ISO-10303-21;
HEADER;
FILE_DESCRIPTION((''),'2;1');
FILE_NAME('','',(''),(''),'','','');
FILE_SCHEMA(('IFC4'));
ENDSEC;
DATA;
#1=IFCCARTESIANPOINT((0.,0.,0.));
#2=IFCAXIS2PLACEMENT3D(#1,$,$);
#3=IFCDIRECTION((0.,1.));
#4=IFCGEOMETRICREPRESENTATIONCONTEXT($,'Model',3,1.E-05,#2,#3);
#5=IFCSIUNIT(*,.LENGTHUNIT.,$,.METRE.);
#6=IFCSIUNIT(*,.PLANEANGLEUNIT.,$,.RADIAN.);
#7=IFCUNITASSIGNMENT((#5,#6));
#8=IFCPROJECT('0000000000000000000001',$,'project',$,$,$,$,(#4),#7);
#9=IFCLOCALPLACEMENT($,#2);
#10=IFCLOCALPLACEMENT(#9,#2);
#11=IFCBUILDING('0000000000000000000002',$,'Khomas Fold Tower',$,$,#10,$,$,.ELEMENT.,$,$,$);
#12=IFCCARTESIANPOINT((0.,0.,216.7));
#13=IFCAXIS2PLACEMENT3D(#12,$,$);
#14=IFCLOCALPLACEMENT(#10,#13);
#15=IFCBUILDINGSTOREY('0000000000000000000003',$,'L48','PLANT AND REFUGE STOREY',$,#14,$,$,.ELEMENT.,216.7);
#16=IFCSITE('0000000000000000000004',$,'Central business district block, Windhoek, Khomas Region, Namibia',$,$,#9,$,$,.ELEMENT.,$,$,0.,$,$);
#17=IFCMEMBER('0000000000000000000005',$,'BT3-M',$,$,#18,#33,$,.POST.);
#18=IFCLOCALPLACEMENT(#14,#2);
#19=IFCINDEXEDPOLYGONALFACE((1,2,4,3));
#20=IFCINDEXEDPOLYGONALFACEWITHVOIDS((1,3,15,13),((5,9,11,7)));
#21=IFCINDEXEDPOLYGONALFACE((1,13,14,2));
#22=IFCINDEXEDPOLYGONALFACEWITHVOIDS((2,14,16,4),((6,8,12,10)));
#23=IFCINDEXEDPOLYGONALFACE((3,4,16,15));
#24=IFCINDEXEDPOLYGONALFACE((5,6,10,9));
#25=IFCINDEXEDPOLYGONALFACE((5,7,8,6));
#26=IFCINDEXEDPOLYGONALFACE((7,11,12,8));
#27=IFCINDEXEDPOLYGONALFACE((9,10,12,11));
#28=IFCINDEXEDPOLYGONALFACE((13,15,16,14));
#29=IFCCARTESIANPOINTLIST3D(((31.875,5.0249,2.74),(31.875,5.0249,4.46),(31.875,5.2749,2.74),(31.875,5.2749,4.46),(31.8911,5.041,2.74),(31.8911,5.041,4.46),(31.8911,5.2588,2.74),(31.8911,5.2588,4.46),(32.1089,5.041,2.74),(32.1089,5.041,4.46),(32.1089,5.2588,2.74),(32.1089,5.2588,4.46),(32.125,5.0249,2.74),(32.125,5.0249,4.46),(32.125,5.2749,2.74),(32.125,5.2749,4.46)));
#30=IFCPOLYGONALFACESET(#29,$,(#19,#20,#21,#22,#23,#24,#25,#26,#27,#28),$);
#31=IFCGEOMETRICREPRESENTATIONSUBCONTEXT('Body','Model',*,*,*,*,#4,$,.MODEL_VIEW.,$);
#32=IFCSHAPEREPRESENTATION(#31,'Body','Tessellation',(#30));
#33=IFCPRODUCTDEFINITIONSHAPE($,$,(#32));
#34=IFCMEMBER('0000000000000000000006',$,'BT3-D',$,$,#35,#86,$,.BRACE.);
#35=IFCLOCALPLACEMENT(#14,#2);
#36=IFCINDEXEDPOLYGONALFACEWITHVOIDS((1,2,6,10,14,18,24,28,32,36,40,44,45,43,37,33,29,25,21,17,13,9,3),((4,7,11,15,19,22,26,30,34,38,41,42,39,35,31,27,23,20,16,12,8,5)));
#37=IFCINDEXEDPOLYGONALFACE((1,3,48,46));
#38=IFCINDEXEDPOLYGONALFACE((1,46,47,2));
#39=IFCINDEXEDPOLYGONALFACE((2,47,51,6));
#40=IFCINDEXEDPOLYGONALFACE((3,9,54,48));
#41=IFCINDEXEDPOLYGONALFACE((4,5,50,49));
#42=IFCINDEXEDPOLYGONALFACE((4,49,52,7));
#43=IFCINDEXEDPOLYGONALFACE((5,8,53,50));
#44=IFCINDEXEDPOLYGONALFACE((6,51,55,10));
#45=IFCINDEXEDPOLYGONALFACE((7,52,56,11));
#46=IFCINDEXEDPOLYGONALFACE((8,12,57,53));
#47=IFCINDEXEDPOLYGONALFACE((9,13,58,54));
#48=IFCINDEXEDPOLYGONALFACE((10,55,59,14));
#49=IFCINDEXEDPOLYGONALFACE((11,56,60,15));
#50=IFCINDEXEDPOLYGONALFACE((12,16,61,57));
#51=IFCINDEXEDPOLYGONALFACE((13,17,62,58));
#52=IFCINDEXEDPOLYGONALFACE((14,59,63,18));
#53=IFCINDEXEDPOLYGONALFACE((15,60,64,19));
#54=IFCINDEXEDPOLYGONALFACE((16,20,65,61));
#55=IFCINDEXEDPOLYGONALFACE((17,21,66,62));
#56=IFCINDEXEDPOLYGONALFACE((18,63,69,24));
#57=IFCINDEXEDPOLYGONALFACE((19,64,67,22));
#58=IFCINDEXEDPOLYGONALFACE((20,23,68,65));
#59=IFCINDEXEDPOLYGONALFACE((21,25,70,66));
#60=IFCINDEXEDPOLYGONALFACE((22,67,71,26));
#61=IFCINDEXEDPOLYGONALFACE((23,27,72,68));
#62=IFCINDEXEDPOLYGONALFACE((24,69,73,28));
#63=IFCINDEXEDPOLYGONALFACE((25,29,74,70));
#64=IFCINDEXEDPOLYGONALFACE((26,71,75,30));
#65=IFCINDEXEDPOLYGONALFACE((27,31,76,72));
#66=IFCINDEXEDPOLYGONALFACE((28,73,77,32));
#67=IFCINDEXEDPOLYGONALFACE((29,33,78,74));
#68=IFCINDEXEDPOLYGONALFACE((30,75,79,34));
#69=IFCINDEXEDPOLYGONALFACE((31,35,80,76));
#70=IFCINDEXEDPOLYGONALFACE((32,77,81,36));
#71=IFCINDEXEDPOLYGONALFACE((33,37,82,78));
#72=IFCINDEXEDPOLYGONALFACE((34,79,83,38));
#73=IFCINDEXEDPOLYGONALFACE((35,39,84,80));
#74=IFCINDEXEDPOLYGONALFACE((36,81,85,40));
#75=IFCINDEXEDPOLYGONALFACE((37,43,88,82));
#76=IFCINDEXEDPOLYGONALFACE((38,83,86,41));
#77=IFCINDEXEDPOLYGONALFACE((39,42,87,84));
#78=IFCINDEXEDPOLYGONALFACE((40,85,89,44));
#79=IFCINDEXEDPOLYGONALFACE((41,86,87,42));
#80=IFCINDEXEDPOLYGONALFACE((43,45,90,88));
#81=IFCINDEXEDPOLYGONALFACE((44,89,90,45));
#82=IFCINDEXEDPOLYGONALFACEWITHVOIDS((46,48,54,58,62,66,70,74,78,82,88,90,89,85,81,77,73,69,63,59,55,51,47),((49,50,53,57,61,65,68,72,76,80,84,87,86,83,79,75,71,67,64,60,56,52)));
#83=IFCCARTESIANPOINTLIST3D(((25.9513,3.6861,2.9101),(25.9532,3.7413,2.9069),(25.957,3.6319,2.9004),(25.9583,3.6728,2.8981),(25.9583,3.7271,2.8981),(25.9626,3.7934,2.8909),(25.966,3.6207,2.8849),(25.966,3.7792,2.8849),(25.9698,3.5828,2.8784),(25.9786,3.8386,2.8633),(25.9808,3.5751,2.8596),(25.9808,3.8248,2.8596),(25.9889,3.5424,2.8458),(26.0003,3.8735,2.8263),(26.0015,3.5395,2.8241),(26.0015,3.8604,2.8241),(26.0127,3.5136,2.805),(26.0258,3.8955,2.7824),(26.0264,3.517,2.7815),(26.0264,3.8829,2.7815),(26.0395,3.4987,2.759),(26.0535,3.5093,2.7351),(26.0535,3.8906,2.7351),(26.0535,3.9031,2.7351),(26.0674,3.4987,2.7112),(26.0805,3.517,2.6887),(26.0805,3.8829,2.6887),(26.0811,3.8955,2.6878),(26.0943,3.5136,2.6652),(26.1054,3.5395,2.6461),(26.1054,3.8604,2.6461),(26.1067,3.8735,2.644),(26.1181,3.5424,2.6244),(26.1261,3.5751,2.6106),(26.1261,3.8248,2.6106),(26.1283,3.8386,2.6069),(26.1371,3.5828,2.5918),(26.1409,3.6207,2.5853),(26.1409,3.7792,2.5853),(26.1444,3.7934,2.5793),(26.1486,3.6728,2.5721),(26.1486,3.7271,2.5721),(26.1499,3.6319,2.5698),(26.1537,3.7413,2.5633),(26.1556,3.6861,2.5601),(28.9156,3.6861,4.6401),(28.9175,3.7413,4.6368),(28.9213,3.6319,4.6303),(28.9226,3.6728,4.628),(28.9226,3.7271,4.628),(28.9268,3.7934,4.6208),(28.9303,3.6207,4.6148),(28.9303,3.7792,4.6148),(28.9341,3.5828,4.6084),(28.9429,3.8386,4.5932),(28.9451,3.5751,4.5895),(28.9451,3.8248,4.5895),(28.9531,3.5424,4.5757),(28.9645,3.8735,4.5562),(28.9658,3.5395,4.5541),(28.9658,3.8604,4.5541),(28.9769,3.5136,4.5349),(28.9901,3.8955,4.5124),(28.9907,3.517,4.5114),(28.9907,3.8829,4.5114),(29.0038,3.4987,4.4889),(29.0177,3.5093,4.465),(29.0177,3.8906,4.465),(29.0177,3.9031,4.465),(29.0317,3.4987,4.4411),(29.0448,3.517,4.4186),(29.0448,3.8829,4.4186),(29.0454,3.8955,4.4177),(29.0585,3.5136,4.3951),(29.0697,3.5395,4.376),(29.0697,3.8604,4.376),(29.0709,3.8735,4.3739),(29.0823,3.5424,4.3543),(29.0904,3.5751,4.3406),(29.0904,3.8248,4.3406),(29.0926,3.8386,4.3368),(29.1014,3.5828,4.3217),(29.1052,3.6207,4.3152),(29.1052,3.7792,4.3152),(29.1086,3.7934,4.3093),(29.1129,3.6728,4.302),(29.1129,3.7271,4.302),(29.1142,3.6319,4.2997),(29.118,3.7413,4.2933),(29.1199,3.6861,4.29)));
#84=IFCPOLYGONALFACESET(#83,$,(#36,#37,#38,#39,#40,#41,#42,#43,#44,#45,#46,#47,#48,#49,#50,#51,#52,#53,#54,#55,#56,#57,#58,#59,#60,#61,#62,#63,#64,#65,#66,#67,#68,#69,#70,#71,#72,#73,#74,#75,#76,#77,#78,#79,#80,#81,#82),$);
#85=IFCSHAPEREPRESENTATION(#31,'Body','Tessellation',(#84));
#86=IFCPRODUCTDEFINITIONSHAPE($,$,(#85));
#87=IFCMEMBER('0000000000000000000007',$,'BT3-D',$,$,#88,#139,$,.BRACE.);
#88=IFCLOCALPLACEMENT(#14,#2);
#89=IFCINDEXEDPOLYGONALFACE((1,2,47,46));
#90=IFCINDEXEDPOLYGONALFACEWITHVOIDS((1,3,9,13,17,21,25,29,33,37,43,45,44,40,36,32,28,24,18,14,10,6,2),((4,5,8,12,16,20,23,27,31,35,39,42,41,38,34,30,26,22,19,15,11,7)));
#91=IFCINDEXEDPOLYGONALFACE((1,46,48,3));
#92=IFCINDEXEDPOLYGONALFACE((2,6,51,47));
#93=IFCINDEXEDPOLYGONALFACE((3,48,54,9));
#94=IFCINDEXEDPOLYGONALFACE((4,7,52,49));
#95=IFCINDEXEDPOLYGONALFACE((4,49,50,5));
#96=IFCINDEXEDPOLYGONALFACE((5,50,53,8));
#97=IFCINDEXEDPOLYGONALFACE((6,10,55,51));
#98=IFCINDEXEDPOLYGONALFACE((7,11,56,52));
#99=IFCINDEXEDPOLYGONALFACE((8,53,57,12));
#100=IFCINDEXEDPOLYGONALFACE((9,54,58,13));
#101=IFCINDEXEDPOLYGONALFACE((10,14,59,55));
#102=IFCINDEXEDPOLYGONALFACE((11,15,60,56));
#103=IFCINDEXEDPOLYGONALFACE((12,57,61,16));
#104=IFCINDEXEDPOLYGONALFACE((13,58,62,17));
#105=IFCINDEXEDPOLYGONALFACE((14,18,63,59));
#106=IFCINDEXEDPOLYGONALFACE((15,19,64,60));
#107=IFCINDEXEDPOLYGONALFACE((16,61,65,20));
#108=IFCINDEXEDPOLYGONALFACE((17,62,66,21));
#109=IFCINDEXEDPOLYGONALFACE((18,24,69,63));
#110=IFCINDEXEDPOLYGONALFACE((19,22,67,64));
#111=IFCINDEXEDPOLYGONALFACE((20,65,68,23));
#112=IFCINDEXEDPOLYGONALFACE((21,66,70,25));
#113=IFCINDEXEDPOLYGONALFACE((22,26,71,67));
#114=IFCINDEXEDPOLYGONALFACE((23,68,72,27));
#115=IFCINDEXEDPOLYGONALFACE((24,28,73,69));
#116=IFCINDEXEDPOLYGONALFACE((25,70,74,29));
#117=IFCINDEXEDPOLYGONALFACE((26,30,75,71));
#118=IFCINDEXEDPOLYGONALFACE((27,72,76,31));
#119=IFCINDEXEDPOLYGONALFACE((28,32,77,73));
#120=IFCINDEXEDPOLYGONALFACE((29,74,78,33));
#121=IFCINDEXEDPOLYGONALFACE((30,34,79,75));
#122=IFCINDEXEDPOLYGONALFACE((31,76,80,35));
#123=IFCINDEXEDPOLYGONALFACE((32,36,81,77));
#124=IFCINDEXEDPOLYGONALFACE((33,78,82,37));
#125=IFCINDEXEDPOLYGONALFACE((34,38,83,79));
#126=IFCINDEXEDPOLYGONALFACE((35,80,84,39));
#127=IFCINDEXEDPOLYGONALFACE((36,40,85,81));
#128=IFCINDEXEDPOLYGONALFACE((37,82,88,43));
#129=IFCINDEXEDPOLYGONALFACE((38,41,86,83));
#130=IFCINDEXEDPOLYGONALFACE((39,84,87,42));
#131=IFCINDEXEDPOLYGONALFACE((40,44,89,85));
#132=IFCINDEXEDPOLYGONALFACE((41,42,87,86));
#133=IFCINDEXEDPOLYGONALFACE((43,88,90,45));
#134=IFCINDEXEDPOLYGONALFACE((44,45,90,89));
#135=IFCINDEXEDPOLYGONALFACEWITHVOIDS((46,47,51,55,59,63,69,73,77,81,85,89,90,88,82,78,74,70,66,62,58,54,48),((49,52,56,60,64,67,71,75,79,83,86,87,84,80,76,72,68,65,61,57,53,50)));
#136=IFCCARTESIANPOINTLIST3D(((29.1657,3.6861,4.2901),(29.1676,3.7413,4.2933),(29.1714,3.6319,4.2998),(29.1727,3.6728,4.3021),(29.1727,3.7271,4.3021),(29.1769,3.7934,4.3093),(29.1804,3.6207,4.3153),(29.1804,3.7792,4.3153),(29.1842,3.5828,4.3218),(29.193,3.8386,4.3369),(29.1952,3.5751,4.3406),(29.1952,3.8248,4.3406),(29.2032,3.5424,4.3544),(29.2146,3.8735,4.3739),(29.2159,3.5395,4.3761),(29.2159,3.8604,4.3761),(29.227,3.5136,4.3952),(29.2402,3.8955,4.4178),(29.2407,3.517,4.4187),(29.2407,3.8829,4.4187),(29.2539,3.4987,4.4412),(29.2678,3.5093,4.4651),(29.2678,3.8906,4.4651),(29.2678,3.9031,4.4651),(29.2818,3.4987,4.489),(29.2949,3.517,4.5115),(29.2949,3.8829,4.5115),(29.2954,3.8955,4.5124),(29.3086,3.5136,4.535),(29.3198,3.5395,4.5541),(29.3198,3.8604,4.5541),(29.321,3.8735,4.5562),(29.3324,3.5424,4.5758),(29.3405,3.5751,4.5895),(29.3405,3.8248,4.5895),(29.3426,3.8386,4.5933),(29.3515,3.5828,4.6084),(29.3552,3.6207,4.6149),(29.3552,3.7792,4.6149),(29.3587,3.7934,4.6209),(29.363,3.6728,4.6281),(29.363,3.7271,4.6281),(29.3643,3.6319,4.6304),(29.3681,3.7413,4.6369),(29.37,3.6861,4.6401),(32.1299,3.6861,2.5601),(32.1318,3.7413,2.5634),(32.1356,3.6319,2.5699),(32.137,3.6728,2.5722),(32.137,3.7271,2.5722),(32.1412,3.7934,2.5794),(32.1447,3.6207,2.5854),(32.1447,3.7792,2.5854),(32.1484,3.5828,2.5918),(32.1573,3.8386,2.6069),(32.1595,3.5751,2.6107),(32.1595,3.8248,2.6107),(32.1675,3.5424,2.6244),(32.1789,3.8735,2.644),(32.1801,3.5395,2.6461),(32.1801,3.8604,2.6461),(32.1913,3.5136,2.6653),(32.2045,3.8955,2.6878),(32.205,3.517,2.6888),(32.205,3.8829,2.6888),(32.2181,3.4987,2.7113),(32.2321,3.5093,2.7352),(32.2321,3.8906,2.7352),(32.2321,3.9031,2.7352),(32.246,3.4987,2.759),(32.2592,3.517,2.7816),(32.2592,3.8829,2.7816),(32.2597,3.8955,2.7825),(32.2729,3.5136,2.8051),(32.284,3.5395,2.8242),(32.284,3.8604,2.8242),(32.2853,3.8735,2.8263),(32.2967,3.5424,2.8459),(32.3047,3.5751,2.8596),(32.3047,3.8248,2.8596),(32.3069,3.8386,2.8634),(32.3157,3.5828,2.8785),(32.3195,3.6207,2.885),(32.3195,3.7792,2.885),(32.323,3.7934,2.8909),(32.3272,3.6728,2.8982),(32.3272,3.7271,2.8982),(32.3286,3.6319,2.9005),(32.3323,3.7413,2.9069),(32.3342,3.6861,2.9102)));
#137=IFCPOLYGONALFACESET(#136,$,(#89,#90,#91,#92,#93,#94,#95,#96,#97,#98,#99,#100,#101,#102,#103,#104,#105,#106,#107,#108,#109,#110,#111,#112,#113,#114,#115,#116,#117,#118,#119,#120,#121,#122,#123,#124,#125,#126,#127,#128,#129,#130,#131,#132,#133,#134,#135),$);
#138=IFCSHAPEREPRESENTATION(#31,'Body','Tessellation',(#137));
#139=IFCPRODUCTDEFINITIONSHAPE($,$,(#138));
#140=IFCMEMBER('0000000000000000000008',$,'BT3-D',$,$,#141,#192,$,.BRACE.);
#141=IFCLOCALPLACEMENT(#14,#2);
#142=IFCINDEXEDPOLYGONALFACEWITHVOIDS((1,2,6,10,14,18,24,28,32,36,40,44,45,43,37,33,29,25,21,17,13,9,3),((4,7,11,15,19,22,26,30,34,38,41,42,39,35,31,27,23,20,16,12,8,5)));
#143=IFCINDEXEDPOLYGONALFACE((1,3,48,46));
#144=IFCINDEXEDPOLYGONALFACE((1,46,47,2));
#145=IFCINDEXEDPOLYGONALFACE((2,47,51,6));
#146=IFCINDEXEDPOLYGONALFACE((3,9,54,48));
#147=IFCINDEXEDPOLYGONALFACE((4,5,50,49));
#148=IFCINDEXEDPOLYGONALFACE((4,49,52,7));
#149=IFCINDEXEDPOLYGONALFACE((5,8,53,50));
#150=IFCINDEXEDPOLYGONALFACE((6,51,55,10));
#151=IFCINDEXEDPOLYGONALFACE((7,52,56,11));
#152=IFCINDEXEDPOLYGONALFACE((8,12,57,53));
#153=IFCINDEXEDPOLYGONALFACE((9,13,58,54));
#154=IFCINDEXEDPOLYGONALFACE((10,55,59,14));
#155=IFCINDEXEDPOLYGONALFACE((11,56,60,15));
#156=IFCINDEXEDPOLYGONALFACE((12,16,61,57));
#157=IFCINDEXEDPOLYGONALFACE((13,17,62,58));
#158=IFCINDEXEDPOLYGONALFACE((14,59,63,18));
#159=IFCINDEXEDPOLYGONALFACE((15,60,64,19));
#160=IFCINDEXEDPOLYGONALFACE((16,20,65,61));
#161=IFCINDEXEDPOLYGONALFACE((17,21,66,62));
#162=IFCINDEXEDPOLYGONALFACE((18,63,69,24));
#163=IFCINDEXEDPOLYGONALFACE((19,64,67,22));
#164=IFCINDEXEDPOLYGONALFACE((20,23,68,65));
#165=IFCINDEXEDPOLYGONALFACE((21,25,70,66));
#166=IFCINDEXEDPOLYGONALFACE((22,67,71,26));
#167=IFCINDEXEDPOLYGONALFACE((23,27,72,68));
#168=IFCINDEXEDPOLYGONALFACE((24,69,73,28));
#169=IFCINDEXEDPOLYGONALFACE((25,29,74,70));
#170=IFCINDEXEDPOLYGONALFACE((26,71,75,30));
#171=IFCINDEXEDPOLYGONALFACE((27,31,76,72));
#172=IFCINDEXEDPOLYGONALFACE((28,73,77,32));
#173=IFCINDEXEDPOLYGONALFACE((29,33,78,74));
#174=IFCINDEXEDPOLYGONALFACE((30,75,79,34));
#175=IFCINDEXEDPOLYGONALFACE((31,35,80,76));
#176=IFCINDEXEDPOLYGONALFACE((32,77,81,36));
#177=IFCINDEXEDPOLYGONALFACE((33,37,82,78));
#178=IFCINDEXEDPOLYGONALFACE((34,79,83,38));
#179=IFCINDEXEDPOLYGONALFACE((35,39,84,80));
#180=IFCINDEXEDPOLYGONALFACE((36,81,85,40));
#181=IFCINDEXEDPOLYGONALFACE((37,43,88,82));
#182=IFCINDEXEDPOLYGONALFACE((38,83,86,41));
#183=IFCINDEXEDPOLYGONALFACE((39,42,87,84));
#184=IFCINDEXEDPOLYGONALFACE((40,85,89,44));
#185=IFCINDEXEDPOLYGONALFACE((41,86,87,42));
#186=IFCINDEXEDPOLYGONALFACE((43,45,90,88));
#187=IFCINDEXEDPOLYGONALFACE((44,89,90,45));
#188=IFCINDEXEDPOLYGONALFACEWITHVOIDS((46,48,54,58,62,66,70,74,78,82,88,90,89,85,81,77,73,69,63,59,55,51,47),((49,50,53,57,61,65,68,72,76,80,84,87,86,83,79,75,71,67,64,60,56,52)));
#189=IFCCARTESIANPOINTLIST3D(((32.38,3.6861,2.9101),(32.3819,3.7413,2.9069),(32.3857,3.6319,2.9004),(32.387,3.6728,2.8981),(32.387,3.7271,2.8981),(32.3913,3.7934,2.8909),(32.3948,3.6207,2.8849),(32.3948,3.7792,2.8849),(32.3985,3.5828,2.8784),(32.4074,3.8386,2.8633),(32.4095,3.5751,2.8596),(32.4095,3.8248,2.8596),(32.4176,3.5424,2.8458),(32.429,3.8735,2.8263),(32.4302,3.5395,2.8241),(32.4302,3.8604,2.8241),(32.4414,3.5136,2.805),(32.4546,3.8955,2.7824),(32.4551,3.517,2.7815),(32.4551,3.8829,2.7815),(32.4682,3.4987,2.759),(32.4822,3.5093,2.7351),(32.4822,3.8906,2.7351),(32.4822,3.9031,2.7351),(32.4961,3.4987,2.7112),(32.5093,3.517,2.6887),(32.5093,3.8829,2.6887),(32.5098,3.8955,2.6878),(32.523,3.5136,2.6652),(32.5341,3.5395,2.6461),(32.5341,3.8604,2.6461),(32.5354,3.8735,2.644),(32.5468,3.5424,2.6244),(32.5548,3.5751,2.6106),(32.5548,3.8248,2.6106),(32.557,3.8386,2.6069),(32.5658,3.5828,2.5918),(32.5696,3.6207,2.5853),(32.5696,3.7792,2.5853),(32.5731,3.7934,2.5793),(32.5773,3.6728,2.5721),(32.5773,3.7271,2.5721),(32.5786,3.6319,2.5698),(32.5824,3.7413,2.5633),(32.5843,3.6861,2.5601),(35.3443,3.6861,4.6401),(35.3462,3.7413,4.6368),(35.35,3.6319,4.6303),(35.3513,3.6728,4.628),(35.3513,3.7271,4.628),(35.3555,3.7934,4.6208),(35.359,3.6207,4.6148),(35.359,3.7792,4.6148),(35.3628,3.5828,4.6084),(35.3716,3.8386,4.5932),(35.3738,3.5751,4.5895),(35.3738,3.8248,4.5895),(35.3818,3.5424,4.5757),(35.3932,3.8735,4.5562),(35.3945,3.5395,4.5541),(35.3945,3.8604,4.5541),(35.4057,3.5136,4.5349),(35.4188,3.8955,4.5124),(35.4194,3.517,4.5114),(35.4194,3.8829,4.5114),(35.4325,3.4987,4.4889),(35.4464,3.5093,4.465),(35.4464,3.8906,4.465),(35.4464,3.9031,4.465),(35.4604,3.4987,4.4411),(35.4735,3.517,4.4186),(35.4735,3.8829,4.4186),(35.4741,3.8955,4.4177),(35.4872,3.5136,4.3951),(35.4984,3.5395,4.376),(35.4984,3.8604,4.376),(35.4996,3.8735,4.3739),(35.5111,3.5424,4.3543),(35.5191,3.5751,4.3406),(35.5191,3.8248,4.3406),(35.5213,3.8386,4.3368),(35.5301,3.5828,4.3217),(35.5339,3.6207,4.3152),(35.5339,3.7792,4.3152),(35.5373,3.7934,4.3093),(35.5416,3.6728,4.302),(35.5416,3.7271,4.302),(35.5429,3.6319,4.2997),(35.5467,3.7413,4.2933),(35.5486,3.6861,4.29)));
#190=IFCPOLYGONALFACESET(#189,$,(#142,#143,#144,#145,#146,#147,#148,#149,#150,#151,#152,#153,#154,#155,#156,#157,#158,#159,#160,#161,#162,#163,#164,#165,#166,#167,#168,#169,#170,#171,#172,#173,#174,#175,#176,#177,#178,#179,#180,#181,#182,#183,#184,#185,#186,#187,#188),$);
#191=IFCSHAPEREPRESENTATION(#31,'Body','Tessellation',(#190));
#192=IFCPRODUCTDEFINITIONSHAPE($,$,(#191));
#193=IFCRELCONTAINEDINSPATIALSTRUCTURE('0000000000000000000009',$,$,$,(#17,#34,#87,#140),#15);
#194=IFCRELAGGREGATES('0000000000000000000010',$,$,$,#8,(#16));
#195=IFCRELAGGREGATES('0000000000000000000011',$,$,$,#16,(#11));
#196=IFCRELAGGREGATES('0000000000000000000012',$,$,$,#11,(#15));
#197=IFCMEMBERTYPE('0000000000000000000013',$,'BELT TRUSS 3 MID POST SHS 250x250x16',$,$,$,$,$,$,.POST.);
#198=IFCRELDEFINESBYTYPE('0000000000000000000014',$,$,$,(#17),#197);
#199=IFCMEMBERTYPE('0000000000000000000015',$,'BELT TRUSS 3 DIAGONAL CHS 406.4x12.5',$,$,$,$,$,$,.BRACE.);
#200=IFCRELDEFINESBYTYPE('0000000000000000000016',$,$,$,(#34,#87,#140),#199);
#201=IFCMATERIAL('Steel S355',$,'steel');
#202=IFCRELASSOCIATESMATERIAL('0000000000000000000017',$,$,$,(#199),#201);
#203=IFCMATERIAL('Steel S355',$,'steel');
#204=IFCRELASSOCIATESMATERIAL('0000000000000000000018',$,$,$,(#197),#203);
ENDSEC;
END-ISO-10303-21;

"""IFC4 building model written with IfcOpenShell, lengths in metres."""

from ifc_helpers import new_model, si_unit, direction, frame, origin, origin_2d, place, context, subcontext, project, spatial, hollow_rectangle, hollow_circle, extrude, source, transform, mapped, material, material_profile, profile_set, type_object, element, save


model = new_model("IFC4")

# Units and contexts
model_context = context("Model", 3, precision=1e-05, world=origin(), true_north=direction((0.0, 1.0)))
body_context = subcontext(model_context, "Body", "Model", "MODEL_VIEW")
ifc_project = project(units=[si_unit("LENGTHUNIT", "METRE"), si_unit("PLANEANGLEUNIT", "RADIAN")], contexts=[model_context])

# Site, building, storey
site_placement = place(None, origin())
site = spatial("IfcSite", under=ifc_project, at=site_placement, Name="Central business district block, Windhoek, Khomas Region, Namibia", CompositionType="ELEMENT", RefElevation=0.0)
building_placement = place(site_placement, origin())
building = spatial("IfcBuilding", under=site, at=building_placement, Name="Khomas Fold Tower", CompositionType="ELEMENT")
storey_placement = place(building_placement, frame((0.0, 0.0, 216.7)))
storey = spatial("IfcBuildingStorey", under=building, at=storey_placement, Name="L48", Description="PLANT AND REFUGE STOREY", CompositionType="ELEMENT", Elevation=216.7)

# Members
ifc_material_1 = material(Name="Steel S355", Category="steel")
ifc_material_profile_1 = material_profile(ifc_material_1, hollow_circle(Radius=0.2031, WallThickness=0.0125, at=origin_2d()), Name="CHS 406.4x12.5")
ifc_profile_set_1 = profile_set([ifc_material_profile_1], Name="Steel S355")
member_type_1 = type_object("IfcMemberType", Name="BELT TRUSS 3 DIAGONAL CHS 406.4x12.5", PredefinedType="BRACE", material=ifc_profile_set_1)
ifc_material_2 = material(Name="Steel S355", Category="steel")
ifc_material_profile_2 = material_profile(ifc_material_2, hollow_rectangle(XDim=0.25, YDim=0.25, WallThickness=0.0161, at=origin_2d()), Name="SHS 250x250x16")
ifc_profile_set_2 = profile_set([ifc_material_profile_2], Name="Steel S355")
member_type_2 = type_object("IfcMemberType", Name="BELT TRUSS 3 MID POST SHS 250x250x16", PredefinedType="POST", material=ifc_profile_set_2)
shared_shape_1 = source(origin(), body_context, "Body", "SweptSolid", [
    extrude(hollow_rectangle(XDim=0.25, YDim=0.25, WallThickness=0.0161, at=origin_2d()), origin(), (0.0, 0.0, 1.0), 1.72),
])
for number, where, z_axis, x_axis, name in (
    (1, (32.0, 5.1499, 2.74), (0.0, 0.0, 1.0), (1.0, 0.0, 0.0), "BT3-M"),
):
    element("IfcMember", number, at=place(storey_placement, frame(where, z_axis=z_axis, x_axis=x_axis)), inside=storey, type_object=member_type_2, Name=name, PredefinedType="POST", context=body_context, shape_type="MappedRepresentation", body=[
        mapped(shared_shape_1, transform((0.0, 0.0, 0.0))),
    ])
shared_shape_2 = source(origin(), body_context, "Body", "SweptSolid", [
    extrude(hollow_circle(Radius=0.2031, WallThickness=0.0125, at=origin_2d()), origin(), (0.0, 0.0, 1.0), 3.4321),
])
for number, where, z_axis, x_axis, name in (
    (2, (26.0535, 3.7, 2.7351), (0.863681, 0.0, 0.504039), (0.0, 1.0, 0.0), "BT3-D"),
    (3, (29.2678, 3.7, 4.4651), (0.863681, 0.0, -0.504039), (0.0, 1.0, 0.0), "BT3-D"),
    (4, (32.4822, 3.7, 2.7351), (0.863681, 0.0, 0.504039), (0.0, 1.0, 0.0), "BT3-D"),
):
    element("IfcMember", number, at=place(storey_placement, frame(where, z_axis=z_axis, x_axis=x_axis)), inside=storey, type_object=member_type_1, Name=name, PredefinedType="BRACE", context=body_context, shape_type="MappedRepresentation", body=[
        mapped(shared_shape_2, transform((0.0, 0.0, 0.0))),
    ])

save(model, "model.ifc")
